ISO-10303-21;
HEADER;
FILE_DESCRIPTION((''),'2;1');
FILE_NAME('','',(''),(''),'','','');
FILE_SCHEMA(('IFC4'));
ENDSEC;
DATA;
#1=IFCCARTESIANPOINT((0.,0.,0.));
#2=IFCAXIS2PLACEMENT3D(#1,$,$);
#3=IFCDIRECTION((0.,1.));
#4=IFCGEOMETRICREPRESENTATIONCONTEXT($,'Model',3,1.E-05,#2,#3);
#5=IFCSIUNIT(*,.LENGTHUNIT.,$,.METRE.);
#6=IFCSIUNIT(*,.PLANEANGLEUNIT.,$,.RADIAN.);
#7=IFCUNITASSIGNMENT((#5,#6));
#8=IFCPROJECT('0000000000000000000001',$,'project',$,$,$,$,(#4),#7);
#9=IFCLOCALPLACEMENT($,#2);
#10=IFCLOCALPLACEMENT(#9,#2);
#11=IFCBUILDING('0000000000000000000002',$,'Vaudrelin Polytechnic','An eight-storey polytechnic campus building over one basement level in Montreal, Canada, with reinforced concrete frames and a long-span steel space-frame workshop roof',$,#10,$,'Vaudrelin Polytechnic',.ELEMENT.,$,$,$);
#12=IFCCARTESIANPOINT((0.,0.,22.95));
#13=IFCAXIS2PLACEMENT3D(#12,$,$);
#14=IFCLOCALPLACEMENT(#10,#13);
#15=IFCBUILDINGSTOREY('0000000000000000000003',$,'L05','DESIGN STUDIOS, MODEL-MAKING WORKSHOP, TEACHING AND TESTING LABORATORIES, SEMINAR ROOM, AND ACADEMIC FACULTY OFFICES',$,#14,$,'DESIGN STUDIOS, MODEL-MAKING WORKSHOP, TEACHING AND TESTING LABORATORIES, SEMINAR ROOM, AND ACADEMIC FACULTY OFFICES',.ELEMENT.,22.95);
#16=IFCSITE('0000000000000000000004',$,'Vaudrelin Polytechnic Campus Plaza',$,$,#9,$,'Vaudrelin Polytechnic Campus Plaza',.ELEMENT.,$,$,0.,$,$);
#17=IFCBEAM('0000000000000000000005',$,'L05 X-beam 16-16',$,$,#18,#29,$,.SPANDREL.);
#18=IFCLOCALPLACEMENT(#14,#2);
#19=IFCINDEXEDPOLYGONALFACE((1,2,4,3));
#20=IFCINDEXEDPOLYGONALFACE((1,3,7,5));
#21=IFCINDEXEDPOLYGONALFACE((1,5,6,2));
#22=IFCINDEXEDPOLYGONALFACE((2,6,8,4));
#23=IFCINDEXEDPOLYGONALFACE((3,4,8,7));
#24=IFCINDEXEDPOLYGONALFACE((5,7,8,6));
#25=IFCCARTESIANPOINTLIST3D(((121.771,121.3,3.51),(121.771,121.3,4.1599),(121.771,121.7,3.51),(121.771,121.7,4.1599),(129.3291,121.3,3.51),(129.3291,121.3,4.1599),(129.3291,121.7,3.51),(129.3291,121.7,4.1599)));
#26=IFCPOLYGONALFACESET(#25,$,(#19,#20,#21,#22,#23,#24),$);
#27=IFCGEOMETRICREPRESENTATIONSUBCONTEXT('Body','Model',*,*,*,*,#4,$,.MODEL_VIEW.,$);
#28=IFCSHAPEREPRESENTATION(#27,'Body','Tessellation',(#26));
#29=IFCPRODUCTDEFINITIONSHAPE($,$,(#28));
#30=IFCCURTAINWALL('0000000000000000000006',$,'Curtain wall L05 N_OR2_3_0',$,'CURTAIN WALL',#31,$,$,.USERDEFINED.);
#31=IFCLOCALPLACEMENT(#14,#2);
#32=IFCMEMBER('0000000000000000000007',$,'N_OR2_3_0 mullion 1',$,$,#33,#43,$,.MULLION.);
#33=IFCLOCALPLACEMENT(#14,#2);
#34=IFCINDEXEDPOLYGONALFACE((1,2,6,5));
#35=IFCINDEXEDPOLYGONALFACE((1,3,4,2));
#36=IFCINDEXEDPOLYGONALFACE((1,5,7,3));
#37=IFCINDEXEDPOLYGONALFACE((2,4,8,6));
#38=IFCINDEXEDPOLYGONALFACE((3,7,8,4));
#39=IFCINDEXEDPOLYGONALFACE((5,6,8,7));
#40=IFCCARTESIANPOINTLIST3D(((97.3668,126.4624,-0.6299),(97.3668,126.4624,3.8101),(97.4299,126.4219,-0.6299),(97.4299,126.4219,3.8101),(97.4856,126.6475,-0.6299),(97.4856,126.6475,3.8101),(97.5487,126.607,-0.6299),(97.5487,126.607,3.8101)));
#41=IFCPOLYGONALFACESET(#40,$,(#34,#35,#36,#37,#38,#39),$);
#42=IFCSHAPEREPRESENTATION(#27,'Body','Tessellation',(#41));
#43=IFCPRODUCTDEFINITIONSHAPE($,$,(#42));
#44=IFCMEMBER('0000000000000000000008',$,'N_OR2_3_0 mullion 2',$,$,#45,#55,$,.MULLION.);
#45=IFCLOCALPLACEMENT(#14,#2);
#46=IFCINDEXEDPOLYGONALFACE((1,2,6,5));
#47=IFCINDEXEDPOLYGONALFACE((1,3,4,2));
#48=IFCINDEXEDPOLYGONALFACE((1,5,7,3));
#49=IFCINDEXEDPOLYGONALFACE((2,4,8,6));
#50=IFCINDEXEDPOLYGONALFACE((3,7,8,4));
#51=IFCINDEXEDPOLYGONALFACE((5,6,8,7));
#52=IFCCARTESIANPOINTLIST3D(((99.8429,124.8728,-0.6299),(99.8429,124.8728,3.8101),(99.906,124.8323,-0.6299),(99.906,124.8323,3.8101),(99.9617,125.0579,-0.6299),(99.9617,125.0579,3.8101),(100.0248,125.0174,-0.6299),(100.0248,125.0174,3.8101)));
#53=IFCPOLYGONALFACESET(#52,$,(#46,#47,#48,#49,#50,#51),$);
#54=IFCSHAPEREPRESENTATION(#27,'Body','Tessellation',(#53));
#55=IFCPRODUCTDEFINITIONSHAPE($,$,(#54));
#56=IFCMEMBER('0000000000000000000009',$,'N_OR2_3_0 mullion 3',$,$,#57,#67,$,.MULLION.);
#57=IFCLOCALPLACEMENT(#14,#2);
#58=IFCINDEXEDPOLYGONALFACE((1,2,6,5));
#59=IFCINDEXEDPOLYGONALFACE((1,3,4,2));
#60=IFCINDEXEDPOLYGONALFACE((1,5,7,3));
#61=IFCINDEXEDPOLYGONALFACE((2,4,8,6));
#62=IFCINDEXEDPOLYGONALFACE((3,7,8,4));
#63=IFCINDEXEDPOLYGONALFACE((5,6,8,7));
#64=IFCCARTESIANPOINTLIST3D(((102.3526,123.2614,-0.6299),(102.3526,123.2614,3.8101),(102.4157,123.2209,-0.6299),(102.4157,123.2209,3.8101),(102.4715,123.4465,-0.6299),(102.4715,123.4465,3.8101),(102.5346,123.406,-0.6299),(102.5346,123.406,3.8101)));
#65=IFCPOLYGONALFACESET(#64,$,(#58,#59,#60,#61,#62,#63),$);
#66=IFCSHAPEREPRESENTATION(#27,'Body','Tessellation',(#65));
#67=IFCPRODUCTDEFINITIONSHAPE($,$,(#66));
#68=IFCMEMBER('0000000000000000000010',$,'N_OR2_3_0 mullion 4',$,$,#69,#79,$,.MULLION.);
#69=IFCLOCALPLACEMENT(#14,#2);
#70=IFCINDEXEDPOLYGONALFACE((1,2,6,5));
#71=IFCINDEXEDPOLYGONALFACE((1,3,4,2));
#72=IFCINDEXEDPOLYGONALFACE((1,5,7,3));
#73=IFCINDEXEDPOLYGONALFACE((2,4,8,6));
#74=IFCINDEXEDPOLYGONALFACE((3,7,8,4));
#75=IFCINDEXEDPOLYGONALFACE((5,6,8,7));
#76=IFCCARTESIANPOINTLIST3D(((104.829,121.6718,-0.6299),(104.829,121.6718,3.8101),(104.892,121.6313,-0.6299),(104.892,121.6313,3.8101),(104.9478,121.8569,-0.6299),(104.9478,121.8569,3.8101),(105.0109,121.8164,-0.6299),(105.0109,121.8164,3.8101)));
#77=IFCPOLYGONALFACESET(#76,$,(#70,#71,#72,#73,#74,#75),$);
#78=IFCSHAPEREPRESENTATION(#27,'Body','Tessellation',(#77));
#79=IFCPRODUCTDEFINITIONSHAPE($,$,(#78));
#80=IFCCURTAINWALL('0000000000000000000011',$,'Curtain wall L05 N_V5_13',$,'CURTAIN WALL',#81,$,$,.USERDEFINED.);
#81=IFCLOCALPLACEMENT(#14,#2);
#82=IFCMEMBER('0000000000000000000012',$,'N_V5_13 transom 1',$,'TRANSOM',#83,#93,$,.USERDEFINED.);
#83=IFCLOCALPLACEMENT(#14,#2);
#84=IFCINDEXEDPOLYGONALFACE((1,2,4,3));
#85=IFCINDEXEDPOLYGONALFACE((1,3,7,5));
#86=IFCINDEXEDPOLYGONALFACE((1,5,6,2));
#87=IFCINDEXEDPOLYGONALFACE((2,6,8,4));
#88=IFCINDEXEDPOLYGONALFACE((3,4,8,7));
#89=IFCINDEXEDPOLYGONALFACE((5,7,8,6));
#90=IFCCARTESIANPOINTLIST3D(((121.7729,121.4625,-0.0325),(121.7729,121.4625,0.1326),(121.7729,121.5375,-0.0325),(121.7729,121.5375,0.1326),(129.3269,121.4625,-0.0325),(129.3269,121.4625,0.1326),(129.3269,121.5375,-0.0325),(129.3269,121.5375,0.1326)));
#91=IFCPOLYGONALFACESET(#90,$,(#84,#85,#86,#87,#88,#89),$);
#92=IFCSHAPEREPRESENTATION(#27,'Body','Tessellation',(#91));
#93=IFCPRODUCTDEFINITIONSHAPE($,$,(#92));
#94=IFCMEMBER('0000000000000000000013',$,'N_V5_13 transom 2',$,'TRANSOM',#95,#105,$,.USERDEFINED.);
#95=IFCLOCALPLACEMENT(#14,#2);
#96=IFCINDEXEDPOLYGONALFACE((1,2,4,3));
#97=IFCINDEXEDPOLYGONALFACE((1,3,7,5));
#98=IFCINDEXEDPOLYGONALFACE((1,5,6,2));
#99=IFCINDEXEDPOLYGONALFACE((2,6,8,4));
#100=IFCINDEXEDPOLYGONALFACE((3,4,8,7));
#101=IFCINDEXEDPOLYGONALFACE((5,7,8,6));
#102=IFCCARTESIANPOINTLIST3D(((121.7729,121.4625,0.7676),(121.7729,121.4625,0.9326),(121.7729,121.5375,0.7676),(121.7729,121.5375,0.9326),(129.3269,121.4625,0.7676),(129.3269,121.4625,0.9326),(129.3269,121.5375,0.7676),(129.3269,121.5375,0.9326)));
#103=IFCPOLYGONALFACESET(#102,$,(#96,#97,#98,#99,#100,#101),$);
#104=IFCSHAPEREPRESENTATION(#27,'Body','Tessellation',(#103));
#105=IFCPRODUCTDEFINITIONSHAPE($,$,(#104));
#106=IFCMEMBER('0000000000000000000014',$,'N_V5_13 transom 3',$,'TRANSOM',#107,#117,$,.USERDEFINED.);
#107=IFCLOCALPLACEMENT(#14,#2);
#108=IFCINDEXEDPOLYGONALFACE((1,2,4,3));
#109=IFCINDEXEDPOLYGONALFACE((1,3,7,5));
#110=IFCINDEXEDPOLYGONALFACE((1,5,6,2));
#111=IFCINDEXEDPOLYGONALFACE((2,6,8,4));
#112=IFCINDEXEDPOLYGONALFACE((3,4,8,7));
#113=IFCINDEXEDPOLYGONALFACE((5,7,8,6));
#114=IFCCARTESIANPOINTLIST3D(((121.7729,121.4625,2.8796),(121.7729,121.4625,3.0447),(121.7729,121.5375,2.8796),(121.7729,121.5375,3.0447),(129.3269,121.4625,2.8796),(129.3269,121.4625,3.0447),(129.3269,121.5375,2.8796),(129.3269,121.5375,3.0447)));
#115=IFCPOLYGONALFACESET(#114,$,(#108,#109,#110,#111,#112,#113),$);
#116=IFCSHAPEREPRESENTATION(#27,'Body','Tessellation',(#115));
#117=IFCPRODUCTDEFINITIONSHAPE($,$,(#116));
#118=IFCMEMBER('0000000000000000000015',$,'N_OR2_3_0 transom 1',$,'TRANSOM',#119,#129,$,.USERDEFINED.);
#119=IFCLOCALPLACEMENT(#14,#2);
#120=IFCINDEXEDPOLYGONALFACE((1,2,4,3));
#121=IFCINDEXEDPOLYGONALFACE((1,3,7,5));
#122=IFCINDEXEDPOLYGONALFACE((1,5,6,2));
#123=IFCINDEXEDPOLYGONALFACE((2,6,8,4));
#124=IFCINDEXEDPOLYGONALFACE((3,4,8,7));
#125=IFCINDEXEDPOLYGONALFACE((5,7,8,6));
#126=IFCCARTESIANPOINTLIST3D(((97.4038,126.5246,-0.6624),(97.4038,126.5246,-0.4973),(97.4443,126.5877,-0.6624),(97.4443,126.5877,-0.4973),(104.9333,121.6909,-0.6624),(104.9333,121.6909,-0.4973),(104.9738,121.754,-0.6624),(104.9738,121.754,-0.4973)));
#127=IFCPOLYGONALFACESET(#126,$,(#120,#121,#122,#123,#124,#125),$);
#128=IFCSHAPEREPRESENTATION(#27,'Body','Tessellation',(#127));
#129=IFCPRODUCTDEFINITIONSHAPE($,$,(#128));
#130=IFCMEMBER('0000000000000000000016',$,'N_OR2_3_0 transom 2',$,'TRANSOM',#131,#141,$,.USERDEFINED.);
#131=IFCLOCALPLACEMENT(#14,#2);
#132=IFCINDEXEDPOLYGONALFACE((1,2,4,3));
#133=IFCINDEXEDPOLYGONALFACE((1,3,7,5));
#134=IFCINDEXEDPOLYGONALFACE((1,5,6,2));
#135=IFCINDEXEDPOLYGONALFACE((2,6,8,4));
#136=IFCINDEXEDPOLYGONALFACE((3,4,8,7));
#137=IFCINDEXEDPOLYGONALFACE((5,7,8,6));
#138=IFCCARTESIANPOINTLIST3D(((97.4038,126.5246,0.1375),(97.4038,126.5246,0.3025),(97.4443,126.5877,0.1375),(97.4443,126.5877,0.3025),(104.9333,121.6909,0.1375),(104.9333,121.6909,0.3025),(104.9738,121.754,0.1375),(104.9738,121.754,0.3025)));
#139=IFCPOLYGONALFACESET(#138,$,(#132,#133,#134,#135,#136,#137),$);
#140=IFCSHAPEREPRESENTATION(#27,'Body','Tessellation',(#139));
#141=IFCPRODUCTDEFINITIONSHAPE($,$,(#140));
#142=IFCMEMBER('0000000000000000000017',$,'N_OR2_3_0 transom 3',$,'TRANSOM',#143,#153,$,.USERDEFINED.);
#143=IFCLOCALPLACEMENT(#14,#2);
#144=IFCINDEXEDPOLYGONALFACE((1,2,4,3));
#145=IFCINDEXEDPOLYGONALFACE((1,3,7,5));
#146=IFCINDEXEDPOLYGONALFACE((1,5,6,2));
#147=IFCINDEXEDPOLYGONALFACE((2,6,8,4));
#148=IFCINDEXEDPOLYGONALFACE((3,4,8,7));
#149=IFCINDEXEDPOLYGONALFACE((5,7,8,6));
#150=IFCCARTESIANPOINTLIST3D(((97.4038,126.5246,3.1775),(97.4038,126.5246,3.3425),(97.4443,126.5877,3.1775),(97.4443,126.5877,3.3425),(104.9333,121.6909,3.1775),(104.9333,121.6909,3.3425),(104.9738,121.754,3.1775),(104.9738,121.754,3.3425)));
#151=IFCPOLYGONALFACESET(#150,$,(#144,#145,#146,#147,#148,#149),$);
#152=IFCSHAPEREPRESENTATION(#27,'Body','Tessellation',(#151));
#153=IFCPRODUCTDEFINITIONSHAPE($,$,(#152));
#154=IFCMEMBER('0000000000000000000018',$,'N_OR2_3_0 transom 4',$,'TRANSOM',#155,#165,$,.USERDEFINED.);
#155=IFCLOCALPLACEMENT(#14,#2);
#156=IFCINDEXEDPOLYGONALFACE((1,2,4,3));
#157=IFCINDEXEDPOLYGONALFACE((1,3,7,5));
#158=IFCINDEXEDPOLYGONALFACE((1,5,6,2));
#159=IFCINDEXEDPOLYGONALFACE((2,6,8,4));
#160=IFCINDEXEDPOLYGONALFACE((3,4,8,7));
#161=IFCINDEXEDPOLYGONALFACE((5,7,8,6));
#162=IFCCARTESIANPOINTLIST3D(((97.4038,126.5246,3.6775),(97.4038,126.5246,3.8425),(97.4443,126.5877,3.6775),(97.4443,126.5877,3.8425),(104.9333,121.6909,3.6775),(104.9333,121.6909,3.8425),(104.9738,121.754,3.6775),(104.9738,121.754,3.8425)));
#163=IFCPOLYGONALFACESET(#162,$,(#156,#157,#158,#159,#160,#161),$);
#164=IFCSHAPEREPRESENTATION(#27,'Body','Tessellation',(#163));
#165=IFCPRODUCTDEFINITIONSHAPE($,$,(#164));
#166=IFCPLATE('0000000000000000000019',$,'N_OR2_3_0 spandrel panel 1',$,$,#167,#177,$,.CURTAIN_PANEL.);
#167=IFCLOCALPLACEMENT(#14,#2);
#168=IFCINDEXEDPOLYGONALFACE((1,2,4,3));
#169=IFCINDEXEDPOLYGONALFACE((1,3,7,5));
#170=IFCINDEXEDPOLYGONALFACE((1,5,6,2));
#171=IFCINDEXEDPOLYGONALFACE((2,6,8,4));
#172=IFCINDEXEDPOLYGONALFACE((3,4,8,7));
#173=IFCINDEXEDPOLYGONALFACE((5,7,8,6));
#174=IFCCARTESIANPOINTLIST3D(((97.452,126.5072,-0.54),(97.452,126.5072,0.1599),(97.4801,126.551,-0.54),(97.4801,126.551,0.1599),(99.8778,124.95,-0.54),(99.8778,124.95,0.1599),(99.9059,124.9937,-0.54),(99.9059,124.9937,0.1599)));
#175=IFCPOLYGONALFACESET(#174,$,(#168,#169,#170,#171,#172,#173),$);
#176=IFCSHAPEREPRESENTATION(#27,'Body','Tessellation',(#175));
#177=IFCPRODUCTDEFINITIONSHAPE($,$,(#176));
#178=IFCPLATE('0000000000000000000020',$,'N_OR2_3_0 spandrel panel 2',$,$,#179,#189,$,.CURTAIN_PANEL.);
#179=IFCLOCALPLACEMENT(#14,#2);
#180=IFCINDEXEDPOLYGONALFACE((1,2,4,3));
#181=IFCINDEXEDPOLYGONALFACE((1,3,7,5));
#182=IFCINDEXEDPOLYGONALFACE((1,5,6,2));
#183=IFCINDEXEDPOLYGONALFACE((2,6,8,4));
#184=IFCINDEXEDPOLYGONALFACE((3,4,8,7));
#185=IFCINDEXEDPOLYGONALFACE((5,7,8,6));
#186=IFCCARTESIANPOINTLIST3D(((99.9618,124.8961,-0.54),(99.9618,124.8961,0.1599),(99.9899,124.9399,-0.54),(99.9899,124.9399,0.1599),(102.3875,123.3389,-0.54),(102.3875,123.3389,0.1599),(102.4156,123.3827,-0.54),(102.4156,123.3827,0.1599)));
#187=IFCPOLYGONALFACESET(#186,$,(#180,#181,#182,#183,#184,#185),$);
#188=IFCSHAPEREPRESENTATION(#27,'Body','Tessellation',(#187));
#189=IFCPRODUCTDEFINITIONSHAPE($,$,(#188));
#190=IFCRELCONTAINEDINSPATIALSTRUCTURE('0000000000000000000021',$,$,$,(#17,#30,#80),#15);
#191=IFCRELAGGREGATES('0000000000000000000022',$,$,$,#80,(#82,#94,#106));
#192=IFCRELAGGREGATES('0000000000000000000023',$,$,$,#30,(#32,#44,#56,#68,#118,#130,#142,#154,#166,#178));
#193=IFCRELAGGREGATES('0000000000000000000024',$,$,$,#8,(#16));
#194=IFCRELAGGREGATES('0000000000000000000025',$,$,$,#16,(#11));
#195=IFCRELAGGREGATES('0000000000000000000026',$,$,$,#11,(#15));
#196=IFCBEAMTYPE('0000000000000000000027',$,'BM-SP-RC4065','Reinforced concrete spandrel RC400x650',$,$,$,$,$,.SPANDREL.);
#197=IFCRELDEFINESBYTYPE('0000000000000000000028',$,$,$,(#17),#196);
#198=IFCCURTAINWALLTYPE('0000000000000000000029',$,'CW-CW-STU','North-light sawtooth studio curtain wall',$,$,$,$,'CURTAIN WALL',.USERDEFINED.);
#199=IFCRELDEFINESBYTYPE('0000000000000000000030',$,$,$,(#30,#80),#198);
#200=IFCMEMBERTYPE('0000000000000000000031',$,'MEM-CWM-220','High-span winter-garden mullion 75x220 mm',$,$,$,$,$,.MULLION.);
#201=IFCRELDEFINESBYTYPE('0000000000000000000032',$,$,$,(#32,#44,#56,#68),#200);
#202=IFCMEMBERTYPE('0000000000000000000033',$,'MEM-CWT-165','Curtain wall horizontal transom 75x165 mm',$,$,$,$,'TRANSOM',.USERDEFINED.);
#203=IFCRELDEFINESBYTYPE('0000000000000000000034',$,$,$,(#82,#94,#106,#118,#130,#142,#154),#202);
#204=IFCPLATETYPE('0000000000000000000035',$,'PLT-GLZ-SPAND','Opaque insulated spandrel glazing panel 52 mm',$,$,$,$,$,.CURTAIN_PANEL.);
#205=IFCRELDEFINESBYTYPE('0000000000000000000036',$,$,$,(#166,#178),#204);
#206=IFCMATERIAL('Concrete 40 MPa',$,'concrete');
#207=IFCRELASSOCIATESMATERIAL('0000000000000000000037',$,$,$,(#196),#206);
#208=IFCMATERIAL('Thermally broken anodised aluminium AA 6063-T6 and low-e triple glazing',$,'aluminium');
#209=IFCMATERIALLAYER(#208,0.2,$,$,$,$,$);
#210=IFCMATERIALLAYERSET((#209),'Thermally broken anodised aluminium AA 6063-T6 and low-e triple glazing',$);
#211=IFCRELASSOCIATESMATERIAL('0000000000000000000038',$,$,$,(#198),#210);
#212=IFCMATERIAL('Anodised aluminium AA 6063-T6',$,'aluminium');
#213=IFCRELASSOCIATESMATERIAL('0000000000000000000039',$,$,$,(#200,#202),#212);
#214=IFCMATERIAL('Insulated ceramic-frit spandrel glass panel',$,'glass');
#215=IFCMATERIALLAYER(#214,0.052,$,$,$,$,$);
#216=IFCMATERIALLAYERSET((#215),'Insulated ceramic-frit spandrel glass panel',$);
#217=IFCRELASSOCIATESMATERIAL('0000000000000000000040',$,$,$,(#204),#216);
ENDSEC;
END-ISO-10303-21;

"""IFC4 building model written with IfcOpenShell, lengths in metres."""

from ifc_helpers import new_model, si_unit, direction, frame, origin, origin_2d, place, context, subcontext, project, spatial, rectangle, extrude, material, layer, layer_set, material_profile, profile_set, type_object, element, aggregate, save


model = new_model("IFC4")

# Units and contexts
model_context = context("Model", 3, precision=1e-05, world=origin(), true_north=direction((0.0, 1.0)))
body_context = subcontext(model_context, "Body", "Model", "MODEL_VIEW")
ifc_project = project(units=[si_unit("LENGTHUNIT", "METRE"), si_unit("PLANEANGLEUNIT", "RADIAN")], contexts=[model_context])

# Site, building, storey
site_placement = place(None, origin())
site = spatial("IfcSite", under=ifc_project, at=site_placement, Name="Vaudrelin Polytechnic Campus Plaza", LongName="Vaudrelin Polytechnic Campus Plaza", CompositionType="ELEMENT", RefElevation=0.0)
building_placement = place(site_placement, origin())
building = spatial("IfcBuilding", under=site, at=building_placement, Name="Vaudrelin Polytechnic", Description="An eight-storey polytechnic campus building over one basement level in Montreal, Canada, with reinforced concrete frames and a long-span steel space-frame workshop roof", LongName="Vaudrelin Polytechnic", CompositionType="ELEMENT")
storey_placement = place(building_placement, frame((0.0, 0.0, 22.95)))
storey = spatial("IfcBuildingStorey", under=building, at=storey_placement, Name="L05", Description="DESIGN STUDIOS, MODEL-MAKING WORKSHOP, TEACHING AND TESTING LABORATORIES, SEMINAR ROOM, AND ACADEMIC FACULTY OFFICES", LongName="DESIGN STUDIOS, MODEL-MAKING WORKSHOP, TEACHING AND TESTING LABORATORIES, SEMINAR ROOM, AND ACADEMIC FACULTY OFFICES", CompositionType="ELEMENT", Elevation=22.95)

# Shared definitions
ifc_material_1 = material(Name="Concrete 40 MPa", Category="concrete")

# Beam
ifc_material_profile_1 = material_profile(ifc_material_1, rectangle(XDim=0.3999, YDim=0.6499, at=origin_2d()), Name="RC400x650")
ifc_profile_set_1 = profile_set([ifc_material_profile_1], Name="Concrete 40 MPa")
beam_type_1 = type_object("IfcBeamType", Name="BM-SP-RC4065", Description="Reinforced concrete spandrel RC400x650", PredefinedType="SPANDREL", material=ifc_profile_set_1)
for number, where, z_axis, x_axis, name in (
    (1, (121.771, 121.5, 3.835), (1.0, 0.0, 0.0), (0.0, 1.0, 0.0), "L05 X-beam 16-16"),
):
    element("IfcBeam", number, at=place(storey_placement, frame(where, z_axis=z_axis, x_axis=x_axis)), inside=storey, type_object=beam_type_1, Name=name, PredefinedType="SPANDREL", context=body_context, shape_type="SweptSolid", body=[
        extrude(rectangle(XDim=0.3999, YDim=0.6499, at=origin_2d()), origin(), (0.0, 0.0, 1.0), 7.5581),
    ])

# Curtain walls, members
ifc_material_2 = material(Name="Thermally broken anodised aluminium AA 6063-T6 and low-e triple glazing", Category="aluminium")
ifc_layer_1 = layer(ifc_material_2, 0.2)
ifc_layer_set_1 = layer_set([ifc_layer_1], Name="Thermally broken anodised aluminium AA 6063-T6 and low-e triple glazing")
curtain_wall_type = type_object("IfcCurtainWallType", Name="CW-CW-STU", Description="North-light sawtooth studio curtain wall", ElementType="CURTAIN WALL", PredefinedType="USERDEFINED", material=ifc_layer_set_1)
curtain_wall_1_placement = place(storey_placement, origin())
curtain_wall_1 = element("IfcCurtainWall", 2, at=curtain_wall_1_placement, inside=storey, type_object=curtain_wall_type, Name="Curtain wall L05 N_OR2_3_0", ObjectType="CURTAIN WALL", PredefinedType="USERDEFINED")
ifc_material_3 = material(Name="Anodised aluminium AA 6063-T6", Category="aluminium")
ifc_material_profile_2 = material_profile(ifc_material_3, rectangle(XDim=0.075, YDim=0.22, at=origin_2d()), Name="CWM-75x220")
ifc_profile_set_2 = profile_set([ifc_material_profile_2], Name="Anodised aluminium AA 6063-T6")
member_type_1 = type_object("IfcMemberType", Name="MEM-CWM-220", Description="High-span winter-garden mullion 75x220 mm", PredefinedType="MULLION", material=ifc_profile_set_2)
member_1_placement = place(storey_placement, frame((97.4578, 126.5347, -0.6299), z_axis=(0.0, 0.0, 1.0), x_axis=(0.841519, -0.540228, 0.0)))
member_1 = element("IfcMember", 3, at=member_1_placement, type_object=member_type_1, Name="N_OR2_3_0 mullion 1", PredefinedType="MULLION", context=body_context, shape_type="SweptSolid", body=[
    extrude(rectangle(XDim=0.075, YDim=0.22, at=origin_2d()), origin(), (0.0, 0.0, 1.0), 4.4399),
])
member_2_placement = place(storey_placement, frame((99.9338, 124.9451, -0.6299), z_axis=(0.0, 0.0, 1.0), x_axis=(0.841519, -0.540228, 0.0)))
member_2 = element("IfcMember", 4, at=member_2_placement, type_object=member_type_1, Name="N_OR2_3_0 mullion 2", PredefinedType="MULLION", context=body_context, shape_type="SweptSolid", body=[
    extrude(rectangle(XDim=0.075, YDim=0.22, at=origin_2d()), origin(), (0.0, 0.0, 1.0), 4.4399),
])
member_3_placement = place(storey_placement, frame((102.4436, 123.3337, -0.6299), z_axis=(0.0, 0.0, 1.0), x_axis=(0.841519, -0.540228, 0.0)))
member_3 = element("IfcMember", 5, at=member_3_placement, type_object=member_type_1, Name="N_OR2_3_0 mullion 3", PredefinedType="MULLION", context=body_context, shape_type="SweptSolid", body=[
    extrude(rectangle(XDim=0.075, YDim=0.22, at=origin_2d()), origin(), (0.0, 0.0, 1.0), 4.4399),
])
member_4_placement = place(storey_placement, frame((104.9199, 121.7441, -0.6299), z_axis=(0.0, 0.0, 1.0), x_axis=(0.841519, -0.540228, 0.0)))
member_4 = element("IfcMember", 6, at=member_4_placement, type_object=member_type_1, Name="N_OR2_3_0 mullion 4", PredefinedType="MULLION", context=body_context, shape_type="SweptSolid", body=[
    extrude(rectangle(XDim=0.075, YDim=0.22, at=origin_2d()), origin(), (0.0, 0.0, 1.0), 4.4399),
])
curtain_wall_2_placement = place(storey_placement, origin())
curtain_wall_2 = element("IfcCurtainWall", 7, at=curtain_wall_2_placement, inside=storey, type_object=curtain_wall_type, Name="Curtain wall L05 N_V5_13", ObjectType="CURTAIN WALL", PredefinedType="USERDEFINED")
ifc_material_profile_3 = material_profile(ifc_material_3, rectangle(XDim=0.075, YDim=0.165, at=origin_2d()), Name="CWT-75x165")
ifc_profile_set_3 = profile_set([ifc_material_profile_3], Name="Anodised aluminium AA 6063-T6")
member_type_2 = type_object("IfcMemberType", Name="MEM-CWT-165", Description="Curtain wall horizontal transom 75x165 mm", ElementType="TRANSOM", PredefinedType="USERDEFINED", material=ifc_profile_set_3)
member_5_placement = place(storey_placement, frame((121.7729, 121.5, 0.05), z_axis=(1.0, 0.0, 0.0), x_axis=(0.0, 1.0, 0.0)))
member_5 = element("IfcMember", 8, at=member_5_placement, type_object=member_type_2, Name="N_V5_13 transom 1", ObjectType="TRANSOM", PredefinedType="USERDEFINED", context=body_context, shape_type="SweptSolid", body=[
    extrude(rectangle(XDim=0.075, YDim=0.165, at=origin_2d()), origin(), (0.0, 0.0, 1.0), 7.554),
])
member_6_placement = place(storey_placement, frame((121.7729, 121.5, 0.8501), z_axis=(1.0, 0.0, 0.0), x_axis=(0.0, 1.0, 0.0)))
member_6 = element("IfcMember", 9, at=member_6_placement, type_object=member_type_2, Name="N_V5_13 transom 2", ObjectType="TRANSOM", PredefinedType="USERDEFINED", context=body_context, shape_type="SweptSolid", body=[
    extrude(rectangle(XDim=0.075, YDim=0.165, at=origin_2d()), origin(), (0.0, 0.0, 1.0), 7.554),
])
member_7_placement = place(storey_placement, frame((121.7729, 121.5, 2.9622), z_axis=(1.0, 0.0, 0.0), x_axis=(0.0, 1.0, 0.0)))
member_7 = element("IfcMember", 10, at=member_7_placement, type_object=member_type_2, Name="N_V5_13 transom 3", ObjectType="TRANSOM", PredefinedType="USERDEFINED", context=body_context, shape_type="SweptSolid", body=[
    extrude(rectangle(XDim=0.075, YDim=0.165, at=origin_2d()), origin(), (0.0, 0.0, 1.0), 7.554),
])
aggregate(curtain_wall_2, [member_5, member_6, member_7])

# Members
member_8_placement = place(storey_placement, frame((97.4241, 126.5562, -0.5798), z_axis=(0.841518, -0.540229, 0.0), x_axis=(0.540229, 0.841518, 0.0)))
member_8 = element("IfcMember", 11, at=member_8_placement, type_object=member_type_2, Name="N_OR2_3_0 transom 1", ObjectType="TRANSOM", PredefinedType="USERDEFINED", context=body_context, shape_type="SweptSolid", body=[
    extrude(rectangle(XDim=0.075, YDim=0.165, at=origin_2d()), origin(), (0.0, 0.0, 1.0), 8.9475),
])
member_9_placement = place(storey_placement, frame((97.4241, 126.5562, 0.22), z_axis=(0.841518, -0.540229, 0.0), x_axis=(0.540229, 0.841518, 0.0)))
member_9 = element("IfcMember", 12, at=member_9_placement, type_object=member_type_2, Name="N_OR2_3_0 transom 2", ObjectType="TRANSOM", PredefinedType="USERDEFINED", context=body_context, shape_type="SweptSolid", body=[
    extrude(rectangle(XDim=0.075, YDim=0.165, at=origin_2d()), origin(), (0.0, 0.0, 1.0), 8.9475),
])
member_10_placement = place(storey_placement, frame((97.4241, 126.5562, 3.26), z_axis=(0.841518, -0.540229, 0.0), x_axis=(0.540229, 0.841518, 0.0)))
member_10 = element("IfcMember", 13, at=member_10_placement, type_object=member_type_2, Name="N_OR2_3_0 transom 3", ObjectType="TRANSOM", PredefinedType="USERDEFINED", context=body_context, shape_type="SweptSolid", body=[
    extrude(rectangle(XDim=0.075, YDim=0.165, at=origin_2d()), origin(), (0.0, 0.0, 1.0), 8.9475),
])
member_11_placement = place(storey_placement, frame((97.4241, 126.5562, 3.76), z_axis=(0.841518, -0.540229, 0.0), x_axis=(0.540229, 0.841518, 0.0)))
member_11 = element("IfcMember", 14, at=member_11_placement, type_object=member_type_2, Name="N_OR2_3_0 transom 4", ObjectType="TRANSOM", PredefinedType="USERDEFINED", context=body_context, shape_type="SweptSolid", body=[
    extrude(rectangle(XDim=0.075, YDim=0.165, at=origin_2d()), origin(), (0.0, 0.0, 1.0), 8.9475),
])

# Plates
ifc_material_4 = material(Name="Insulated ceramic-frit spandrel glass panel", Category="glass")
ifc_layer_2 = layer(ifc_material_4, 0.052)
ifc_layer_set_2 = layer_set([ifc_layer_2], Name="Insulated ceramic-frit spandrel glass panel")
plate_type_1 = type_object("IfcPlateType", Name="PLT-GLZ-SPAND", Description="Opaque insulated spandrel glazing panel 52 mm", PredefinedType="CURTAIN_PANEL", material=ifc_layer_set_2)
plate_1_placement = place(storey_placement, frame((98.679, 125.7505, -0.54), z_axis=(0.0, 0.0, 1.0), x_axis=(0.841519, -0.540228, 0.0)))
plate_1 = element("IfcPlate", 15, at=plate_1_placement, type_object=plate_type_1, Name="N_OR2_3_0 spandrel panel 1", PredefinedType="CURTAIN_PANEL", context=body_context, shape_type="SweptSolid", body=[
    extrude(rectangle(XDim=2.8826, YDim=0.052, at=origin_2d()), origin(), (0.0, 0.0, 1.0), 0.7),
])
plate_2_placement = place(storey_placement, frame((101.1887, 124.1394, -0.54), z_axis=(0.0, 0.0, 1.0), x_axis=(0.841519, -0.540228, 0.0)))
plate_2 = element("IfcPlate", 16, at=plate_2_placement, type_object=plate_type_1, Name="N_OR2_3_0 spandrel panel 2", PredefinedType="CURTAIN_PANEL", context=body_context, shape_type="SweptSolid", body=[
    extrude(rectangle(XDim=2.8826, YDim=0.052, at=origin_2d()), origin(), (0.0, 0.0, 1.0), 0.7),
])
aggregate(curtain_wall_1, [member_1, member_2, member_3, member_4, member_8, member_9, member_10, member_11, plate_1, plate_2])

save(model, "model.ifc")
